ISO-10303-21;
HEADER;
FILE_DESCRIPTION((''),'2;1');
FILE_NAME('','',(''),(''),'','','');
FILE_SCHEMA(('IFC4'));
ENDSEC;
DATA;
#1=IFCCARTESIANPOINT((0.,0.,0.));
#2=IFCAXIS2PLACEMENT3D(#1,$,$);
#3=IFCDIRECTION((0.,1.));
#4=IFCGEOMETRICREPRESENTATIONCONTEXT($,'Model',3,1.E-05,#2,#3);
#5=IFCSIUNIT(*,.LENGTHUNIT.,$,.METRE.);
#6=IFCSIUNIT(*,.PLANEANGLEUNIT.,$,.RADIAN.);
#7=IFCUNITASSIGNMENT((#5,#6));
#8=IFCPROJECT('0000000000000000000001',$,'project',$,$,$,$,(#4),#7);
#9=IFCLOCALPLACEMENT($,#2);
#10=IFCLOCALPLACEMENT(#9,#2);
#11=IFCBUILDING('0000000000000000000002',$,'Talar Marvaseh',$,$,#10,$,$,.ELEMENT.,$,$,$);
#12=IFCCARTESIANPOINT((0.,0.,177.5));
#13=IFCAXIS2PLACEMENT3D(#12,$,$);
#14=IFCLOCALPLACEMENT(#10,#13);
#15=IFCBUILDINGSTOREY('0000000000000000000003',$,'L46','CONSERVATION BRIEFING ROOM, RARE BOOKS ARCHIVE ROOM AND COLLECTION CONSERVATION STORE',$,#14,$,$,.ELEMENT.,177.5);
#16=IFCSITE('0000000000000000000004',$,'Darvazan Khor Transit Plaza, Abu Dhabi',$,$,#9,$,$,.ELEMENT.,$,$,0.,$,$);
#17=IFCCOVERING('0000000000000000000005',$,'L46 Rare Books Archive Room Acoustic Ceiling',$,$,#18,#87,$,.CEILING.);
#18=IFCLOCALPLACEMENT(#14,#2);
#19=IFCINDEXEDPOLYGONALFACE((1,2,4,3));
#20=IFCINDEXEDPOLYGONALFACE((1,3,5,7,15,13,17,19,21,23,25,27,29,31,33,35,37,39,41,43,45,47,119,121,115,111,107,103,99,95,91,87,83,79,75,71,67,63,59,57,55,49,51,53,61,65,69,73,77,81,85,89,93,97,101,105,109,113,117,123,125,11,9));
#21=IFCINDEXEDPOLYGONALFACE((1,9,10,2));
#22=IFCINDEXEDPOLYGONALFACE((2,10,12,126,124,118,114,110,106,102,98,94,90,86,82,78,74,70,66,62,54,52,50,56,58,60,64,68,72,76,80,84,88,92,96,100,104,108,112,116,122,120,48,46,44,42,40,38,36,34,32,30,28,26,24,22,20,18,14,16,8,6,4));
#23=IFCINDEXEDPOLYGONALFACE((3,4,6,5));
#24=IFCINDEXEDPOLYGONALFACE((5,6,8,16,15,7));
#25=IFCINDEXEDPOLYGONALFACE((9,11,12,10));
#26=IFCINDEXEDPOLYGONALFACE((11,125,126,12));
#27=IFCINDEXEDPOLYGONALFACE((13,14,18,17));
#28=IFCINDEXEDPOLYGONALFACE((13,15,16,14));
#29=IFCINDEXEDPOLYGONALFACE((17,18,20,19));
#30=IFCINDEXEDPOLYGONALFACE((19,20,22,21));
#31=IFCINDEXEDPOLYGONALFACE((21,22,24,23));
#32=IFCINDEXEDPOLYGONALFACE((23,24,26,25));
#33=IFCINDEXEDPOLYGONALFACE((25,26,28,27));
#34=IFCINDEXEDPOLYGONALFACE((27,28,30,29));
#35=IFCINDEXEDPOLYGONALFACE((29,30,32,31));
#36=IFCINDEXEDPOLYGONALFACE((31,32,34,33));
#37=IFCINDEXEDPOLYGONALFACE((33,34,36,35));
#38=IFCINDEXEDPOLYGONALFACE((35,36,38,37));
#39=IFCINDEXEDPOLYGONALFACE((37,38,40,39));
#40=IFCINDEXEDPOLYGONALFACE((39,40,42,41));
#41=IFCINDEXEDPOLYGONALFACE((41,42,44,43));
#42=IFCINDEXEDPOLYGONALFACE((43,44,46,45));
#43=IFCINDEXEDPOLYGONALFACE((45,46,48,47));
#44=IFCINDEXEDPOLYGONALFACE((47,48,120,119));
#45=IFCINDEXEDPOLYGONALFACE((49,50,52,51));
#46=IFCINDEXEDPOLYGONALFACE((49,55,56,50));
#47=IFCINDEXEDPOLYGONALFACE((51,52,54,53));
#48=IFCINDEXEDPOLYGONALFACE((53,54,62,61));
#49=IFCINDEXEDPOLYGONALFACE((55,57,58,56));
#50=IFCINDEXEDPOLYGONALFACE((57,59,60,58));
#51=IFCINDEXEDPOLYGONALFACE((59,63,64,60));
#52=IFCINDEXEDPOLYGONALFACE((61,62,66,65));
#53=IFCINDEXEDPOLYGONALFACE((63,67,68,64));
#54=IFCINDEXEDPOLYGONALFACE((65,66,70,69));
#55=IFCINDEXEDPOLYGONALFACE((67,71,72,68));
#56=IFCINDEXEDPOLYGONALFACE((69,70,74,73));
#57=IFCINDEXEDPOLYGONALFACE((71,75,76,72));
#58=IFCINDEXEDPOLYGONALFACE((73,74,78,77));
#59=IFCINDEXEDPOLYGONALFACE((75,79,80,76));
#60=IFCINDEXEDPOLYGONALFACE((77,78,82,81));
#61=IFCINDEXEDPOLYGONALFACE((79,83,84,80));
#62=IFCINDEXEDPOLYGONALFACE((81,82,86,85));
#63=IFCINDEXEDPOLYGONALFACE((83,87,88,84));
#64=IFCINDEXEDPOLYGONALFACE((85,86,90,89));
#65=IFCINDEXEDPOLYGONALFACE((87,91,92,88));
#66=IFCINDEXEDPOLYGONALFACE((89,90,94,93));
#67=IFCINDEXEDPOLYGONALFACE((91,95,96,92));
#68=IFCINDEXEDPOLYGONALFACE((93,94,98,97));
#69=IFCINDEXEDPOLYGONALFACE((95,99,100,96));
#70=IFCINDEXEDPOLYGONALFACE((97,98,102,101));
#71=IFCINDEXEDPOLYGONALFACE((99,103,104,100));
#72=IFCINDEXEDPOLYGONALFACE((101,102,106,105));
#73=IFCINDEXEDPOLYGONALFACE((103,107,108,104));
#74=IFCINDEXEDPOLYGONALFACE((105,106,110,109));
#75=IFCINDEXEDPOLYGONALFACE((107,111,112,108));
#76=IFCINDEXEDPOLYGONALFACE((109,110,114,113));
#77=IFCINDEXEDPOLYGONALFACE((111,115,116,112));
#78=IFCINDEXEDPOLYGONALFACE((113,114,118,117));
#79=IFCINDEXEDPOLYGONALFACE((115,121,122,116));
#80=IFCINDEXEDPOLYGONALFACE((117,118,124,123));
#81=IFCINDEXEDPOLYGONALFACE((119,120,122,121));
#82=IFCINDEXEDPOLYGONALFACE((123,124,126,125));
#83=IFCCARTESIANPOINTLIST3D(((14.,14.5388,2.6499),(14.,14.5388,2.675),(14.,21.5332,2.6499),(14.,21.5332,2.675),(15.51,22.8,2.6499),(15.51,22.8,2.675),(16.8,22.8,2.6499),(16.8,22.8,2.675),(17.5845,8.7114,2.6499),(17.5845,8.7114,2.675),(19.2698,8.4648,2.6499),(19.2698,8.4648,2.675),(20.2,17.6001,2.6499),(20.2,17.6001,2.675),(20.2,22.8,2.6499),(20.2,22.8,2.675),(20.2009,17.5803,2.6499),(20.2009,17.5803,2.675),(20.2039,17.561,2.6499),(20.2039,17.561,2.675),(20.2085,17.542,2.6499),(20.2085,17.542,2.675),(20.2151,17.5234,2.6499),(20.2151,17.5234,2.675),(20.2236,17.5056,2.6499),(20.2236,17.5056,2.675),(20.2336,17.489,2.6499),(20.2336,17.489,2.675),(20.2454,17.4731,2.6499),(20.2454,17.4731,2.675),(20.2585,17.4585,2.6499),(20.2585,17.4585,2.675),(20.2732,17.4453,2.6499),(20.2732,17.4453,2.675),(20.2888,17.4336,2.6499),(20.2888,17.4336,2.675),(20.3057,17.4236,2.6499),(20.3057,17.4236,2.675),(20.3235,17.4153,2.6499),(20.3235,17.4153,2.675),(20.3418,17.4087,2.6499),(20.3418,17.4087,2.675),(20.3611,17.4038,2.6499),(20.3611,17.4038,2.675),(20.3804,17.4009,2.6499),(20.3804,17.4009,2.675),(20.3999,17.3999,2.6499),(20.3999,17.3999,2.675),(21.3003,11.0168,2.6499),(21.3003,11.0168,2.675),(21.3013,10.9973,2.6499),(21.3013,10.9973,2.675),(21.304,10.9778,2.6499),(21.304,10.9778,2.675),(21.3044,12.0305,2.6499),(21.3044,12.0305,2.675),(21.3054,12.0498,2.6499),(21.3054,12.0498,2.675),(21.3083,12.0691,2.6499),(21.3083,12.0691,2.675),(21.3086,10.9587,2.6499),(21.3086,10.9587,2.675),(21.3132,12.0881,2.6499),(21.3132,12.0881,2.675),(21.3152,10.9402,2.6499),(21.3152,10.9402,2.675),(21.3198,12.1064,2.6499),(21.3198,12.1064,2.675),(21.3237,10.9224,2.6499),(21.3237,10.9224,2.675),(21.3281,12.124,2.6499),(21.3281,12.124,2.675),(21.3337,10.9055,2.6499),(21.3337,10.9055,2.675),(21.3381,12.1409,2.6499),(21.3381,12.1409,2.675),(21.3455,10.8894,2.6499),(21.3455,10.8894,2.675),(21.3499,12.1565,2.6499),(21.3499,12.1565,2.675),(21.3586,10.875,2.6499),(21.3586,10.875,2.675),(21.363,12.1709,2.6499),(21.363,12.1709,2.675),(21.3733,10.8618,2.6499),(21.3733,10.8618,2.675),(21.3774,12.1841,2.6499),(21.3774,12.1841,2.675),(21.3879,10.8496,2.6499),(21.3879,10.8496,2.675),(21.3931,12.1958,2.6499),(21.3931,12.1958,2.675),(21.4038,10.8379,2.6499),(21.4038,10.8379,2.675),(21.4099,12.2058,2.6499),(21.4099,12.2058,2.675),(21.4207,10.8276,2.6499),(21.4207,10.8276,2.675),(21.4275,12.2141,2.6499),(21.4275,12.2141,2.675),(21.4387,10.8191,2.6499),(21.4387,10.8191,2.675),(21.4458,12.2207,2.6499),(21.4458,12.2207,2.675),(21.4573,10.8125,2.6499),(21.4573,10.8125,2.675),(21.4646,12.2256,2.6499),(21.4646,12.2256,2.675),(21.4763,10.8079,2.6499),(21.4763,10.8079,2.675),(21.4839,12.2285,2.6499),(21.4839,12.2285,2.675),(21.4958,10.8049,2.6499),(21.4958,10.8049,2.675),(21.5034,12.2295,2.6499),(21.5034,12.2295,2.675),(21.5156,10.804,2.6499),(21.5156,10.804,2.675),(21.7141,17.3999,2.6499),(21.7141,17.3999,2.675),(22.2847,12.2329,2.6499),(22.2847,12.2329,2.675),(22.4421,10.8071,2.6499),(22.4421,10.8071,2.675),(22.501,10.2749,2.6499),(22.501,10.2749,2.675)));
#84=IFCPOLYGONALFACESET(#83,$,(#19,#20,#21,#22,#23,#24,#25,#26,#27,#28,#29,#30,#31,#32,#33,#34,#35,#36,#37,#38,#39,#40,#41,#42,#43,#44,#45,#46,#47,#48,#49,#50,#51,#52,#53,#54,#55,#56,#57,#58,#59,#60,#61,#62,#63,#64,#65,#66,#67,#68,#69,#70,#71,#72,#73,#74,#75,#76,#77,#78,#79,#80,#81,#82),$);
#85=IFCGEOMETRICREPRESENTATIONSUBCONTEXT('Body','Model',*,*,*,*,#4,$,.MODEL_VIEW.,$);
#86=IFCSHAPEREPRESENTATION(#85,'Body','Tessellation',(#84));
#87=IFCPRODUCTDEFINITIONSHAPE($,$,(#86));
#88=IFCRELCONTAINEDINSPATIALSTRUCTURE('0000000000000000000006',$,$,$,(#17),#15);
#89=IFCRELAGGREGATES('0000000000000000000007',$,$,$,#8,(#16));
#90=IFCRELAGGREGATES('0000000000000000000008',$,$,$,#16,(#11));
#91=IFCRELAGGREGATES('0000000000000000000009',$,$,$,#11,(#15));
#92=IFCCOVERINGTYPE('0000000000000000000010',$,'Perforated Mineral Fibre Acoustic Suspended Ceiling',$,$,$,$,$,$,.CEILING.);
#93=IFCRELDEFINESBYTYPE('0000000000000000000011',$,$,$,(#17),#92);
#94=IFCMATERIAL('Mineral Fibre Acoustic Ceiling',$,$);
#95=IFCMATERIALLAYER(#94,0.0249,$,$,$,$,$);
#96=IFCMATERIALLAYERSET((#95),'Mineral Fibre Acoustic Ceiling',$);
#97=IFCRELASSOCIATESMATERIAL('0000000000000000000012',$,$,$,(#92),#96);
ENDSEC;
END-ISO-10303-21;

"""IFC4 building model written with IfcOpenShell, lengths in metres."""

from ifc_helpers import new_model, si_unit, direction, frame, origin, place, context, subcontext, project, spatial, polyline, outline, extrude, material, layer, layer_set, type_object, element, save


model = new_model("IFC4")

# Units and contexts
model_context = context("Model", 3, precision=1e-05, world=origin(), true_north=direction((0.0, 1.0)))
body_context = subcontext(model_context, "Body", "Model", "MODEL_VIEW")
ifc_project = project(units=[si_unit("LENGTHUNIT", "METRE"), si_unit("PLANEANGLEUNIT", "RADIAN")], contexts=[model_context])

# Site, building, storey
site_placement = place(None, origin())
site = spatial("IfcSite", under=ifc_project, at=site_placement, Name="Darvazan Khor Transit Plaza, Abu Dhabi", CompositionType="ELEMENT", RefElevation=0.0)
building_placement = place(site_placement, origin())
building = spatial("IfcBuilding", under=site, at=building_placement, Name="Talar Marvaseh", CompositionType="ELEMENT")
storey_placement = place(building_placement, frame((0.0, 0.0, 177.5)))
storey = spatial("IfcBuildingStorey", under=building, at=storey_placement, Name="L46", Description="CONSERVATION BRIEFING ROOM, RARE BOOKS ARCHIVE ROOM AND COLLECTION CONSERVATION STORE", CompositionType="ELEMENT", Elevation=177.5)

# Covering
ifc_material_1 = material(Name="Mineral Fibre Acoustic Ceiling")
ifc_layer_1 = layer(ifc_material_1, 0.0249)
ifc_layer_set_1 = layer_set([ifc_layer_1], Name="Mineral Fibre Acoustic Ceiling")
covering_type_1 = type_object("IfcCoveringType", Name="Perforated Mineral Fibre Acoustic Suspended Ceiling", PredefinedType="CEILING", material=ifc_layer_set_1)
covering_1_placement = place(storey_placement, frame((0.0, 0.0, 2.6499)))
element("IfcCovering", 1, at=covering_1_placement, inside=storey, type_object=covering_type_1, Name="L46 Rare Books Archive Room Acoustic Ceiling", PredefinedType="CEILING", context=body_context, shape_type="SweptSolid", body=[
    extrude(outline(polyline([(16.8, 22.8), (20.2, 22.8), (20.2, 17.6001), (20.2009, 17.5803), (20.2039, 17.561), (20.2085, 17.542), (20.2151, 17.5234), (20.2236, 17.5056), (20.2336, 17.489), (20.2454, 17.4731), (20.2585, 17.4585), (20.2732, 17.4453), (20.2888, 17.4336), (20.3057, 17.4236), (20.3235, 17.4153), (20.3418, 17.4087), (20.3611, 17.4038), (20.3804, 17.4009), (20.3999, 17.3999), (21.7141, 17.3999), (22.2847, 12.2329), (21.5034, 12.2295), (21.4839, 12.2285), (21.4646, 12.2256), (21.4458, 12.2207), (21.4275, 12.2141), (21.4099, 12.2058), (21.3931, 12.1958), (21.3774, 12.1841), (21.363, 12.1709), (21.3499, 12.1565), (21.3381, 12.1409), (21.3281, 12.124), (21.3198, 12.1064), (21.3132, 12.0881), (21.3083, 12.0691), (21.3054, 12.0498), (21.3044, 12.0305), (21.3003, 11.0168), (21.3013, 10.9973), (21.304, 10.9778), (21.3086, 10.9587), (21.3152, 10.9402), (21.3237, 10.9224), (21.3337, 10.9055), (21.3455, 10.8894), (21.3586, 10.875), (21.3733, 10.8618), (21.3879, 10.8496), (21.4038, 10.8379), (21.4207, 10.8276), (21.4387, 10.8191), (21.4573, 10.8125), (21.4763, 10.8079), (21.4958, 10.8049), (21.5156, 10.804), (22.4421, 10.8071), (22.501, 10.2749), (19.2698, 8.4648), (17.5845, 8.7114), (14.0, 14.5388), (14.0, 21.5332), (15.51, 22.8), (16.8, 22.8)])), origin(), (0.0, 0.0, 1.0), 0.0251),
])

save(model, "model.ifc")
